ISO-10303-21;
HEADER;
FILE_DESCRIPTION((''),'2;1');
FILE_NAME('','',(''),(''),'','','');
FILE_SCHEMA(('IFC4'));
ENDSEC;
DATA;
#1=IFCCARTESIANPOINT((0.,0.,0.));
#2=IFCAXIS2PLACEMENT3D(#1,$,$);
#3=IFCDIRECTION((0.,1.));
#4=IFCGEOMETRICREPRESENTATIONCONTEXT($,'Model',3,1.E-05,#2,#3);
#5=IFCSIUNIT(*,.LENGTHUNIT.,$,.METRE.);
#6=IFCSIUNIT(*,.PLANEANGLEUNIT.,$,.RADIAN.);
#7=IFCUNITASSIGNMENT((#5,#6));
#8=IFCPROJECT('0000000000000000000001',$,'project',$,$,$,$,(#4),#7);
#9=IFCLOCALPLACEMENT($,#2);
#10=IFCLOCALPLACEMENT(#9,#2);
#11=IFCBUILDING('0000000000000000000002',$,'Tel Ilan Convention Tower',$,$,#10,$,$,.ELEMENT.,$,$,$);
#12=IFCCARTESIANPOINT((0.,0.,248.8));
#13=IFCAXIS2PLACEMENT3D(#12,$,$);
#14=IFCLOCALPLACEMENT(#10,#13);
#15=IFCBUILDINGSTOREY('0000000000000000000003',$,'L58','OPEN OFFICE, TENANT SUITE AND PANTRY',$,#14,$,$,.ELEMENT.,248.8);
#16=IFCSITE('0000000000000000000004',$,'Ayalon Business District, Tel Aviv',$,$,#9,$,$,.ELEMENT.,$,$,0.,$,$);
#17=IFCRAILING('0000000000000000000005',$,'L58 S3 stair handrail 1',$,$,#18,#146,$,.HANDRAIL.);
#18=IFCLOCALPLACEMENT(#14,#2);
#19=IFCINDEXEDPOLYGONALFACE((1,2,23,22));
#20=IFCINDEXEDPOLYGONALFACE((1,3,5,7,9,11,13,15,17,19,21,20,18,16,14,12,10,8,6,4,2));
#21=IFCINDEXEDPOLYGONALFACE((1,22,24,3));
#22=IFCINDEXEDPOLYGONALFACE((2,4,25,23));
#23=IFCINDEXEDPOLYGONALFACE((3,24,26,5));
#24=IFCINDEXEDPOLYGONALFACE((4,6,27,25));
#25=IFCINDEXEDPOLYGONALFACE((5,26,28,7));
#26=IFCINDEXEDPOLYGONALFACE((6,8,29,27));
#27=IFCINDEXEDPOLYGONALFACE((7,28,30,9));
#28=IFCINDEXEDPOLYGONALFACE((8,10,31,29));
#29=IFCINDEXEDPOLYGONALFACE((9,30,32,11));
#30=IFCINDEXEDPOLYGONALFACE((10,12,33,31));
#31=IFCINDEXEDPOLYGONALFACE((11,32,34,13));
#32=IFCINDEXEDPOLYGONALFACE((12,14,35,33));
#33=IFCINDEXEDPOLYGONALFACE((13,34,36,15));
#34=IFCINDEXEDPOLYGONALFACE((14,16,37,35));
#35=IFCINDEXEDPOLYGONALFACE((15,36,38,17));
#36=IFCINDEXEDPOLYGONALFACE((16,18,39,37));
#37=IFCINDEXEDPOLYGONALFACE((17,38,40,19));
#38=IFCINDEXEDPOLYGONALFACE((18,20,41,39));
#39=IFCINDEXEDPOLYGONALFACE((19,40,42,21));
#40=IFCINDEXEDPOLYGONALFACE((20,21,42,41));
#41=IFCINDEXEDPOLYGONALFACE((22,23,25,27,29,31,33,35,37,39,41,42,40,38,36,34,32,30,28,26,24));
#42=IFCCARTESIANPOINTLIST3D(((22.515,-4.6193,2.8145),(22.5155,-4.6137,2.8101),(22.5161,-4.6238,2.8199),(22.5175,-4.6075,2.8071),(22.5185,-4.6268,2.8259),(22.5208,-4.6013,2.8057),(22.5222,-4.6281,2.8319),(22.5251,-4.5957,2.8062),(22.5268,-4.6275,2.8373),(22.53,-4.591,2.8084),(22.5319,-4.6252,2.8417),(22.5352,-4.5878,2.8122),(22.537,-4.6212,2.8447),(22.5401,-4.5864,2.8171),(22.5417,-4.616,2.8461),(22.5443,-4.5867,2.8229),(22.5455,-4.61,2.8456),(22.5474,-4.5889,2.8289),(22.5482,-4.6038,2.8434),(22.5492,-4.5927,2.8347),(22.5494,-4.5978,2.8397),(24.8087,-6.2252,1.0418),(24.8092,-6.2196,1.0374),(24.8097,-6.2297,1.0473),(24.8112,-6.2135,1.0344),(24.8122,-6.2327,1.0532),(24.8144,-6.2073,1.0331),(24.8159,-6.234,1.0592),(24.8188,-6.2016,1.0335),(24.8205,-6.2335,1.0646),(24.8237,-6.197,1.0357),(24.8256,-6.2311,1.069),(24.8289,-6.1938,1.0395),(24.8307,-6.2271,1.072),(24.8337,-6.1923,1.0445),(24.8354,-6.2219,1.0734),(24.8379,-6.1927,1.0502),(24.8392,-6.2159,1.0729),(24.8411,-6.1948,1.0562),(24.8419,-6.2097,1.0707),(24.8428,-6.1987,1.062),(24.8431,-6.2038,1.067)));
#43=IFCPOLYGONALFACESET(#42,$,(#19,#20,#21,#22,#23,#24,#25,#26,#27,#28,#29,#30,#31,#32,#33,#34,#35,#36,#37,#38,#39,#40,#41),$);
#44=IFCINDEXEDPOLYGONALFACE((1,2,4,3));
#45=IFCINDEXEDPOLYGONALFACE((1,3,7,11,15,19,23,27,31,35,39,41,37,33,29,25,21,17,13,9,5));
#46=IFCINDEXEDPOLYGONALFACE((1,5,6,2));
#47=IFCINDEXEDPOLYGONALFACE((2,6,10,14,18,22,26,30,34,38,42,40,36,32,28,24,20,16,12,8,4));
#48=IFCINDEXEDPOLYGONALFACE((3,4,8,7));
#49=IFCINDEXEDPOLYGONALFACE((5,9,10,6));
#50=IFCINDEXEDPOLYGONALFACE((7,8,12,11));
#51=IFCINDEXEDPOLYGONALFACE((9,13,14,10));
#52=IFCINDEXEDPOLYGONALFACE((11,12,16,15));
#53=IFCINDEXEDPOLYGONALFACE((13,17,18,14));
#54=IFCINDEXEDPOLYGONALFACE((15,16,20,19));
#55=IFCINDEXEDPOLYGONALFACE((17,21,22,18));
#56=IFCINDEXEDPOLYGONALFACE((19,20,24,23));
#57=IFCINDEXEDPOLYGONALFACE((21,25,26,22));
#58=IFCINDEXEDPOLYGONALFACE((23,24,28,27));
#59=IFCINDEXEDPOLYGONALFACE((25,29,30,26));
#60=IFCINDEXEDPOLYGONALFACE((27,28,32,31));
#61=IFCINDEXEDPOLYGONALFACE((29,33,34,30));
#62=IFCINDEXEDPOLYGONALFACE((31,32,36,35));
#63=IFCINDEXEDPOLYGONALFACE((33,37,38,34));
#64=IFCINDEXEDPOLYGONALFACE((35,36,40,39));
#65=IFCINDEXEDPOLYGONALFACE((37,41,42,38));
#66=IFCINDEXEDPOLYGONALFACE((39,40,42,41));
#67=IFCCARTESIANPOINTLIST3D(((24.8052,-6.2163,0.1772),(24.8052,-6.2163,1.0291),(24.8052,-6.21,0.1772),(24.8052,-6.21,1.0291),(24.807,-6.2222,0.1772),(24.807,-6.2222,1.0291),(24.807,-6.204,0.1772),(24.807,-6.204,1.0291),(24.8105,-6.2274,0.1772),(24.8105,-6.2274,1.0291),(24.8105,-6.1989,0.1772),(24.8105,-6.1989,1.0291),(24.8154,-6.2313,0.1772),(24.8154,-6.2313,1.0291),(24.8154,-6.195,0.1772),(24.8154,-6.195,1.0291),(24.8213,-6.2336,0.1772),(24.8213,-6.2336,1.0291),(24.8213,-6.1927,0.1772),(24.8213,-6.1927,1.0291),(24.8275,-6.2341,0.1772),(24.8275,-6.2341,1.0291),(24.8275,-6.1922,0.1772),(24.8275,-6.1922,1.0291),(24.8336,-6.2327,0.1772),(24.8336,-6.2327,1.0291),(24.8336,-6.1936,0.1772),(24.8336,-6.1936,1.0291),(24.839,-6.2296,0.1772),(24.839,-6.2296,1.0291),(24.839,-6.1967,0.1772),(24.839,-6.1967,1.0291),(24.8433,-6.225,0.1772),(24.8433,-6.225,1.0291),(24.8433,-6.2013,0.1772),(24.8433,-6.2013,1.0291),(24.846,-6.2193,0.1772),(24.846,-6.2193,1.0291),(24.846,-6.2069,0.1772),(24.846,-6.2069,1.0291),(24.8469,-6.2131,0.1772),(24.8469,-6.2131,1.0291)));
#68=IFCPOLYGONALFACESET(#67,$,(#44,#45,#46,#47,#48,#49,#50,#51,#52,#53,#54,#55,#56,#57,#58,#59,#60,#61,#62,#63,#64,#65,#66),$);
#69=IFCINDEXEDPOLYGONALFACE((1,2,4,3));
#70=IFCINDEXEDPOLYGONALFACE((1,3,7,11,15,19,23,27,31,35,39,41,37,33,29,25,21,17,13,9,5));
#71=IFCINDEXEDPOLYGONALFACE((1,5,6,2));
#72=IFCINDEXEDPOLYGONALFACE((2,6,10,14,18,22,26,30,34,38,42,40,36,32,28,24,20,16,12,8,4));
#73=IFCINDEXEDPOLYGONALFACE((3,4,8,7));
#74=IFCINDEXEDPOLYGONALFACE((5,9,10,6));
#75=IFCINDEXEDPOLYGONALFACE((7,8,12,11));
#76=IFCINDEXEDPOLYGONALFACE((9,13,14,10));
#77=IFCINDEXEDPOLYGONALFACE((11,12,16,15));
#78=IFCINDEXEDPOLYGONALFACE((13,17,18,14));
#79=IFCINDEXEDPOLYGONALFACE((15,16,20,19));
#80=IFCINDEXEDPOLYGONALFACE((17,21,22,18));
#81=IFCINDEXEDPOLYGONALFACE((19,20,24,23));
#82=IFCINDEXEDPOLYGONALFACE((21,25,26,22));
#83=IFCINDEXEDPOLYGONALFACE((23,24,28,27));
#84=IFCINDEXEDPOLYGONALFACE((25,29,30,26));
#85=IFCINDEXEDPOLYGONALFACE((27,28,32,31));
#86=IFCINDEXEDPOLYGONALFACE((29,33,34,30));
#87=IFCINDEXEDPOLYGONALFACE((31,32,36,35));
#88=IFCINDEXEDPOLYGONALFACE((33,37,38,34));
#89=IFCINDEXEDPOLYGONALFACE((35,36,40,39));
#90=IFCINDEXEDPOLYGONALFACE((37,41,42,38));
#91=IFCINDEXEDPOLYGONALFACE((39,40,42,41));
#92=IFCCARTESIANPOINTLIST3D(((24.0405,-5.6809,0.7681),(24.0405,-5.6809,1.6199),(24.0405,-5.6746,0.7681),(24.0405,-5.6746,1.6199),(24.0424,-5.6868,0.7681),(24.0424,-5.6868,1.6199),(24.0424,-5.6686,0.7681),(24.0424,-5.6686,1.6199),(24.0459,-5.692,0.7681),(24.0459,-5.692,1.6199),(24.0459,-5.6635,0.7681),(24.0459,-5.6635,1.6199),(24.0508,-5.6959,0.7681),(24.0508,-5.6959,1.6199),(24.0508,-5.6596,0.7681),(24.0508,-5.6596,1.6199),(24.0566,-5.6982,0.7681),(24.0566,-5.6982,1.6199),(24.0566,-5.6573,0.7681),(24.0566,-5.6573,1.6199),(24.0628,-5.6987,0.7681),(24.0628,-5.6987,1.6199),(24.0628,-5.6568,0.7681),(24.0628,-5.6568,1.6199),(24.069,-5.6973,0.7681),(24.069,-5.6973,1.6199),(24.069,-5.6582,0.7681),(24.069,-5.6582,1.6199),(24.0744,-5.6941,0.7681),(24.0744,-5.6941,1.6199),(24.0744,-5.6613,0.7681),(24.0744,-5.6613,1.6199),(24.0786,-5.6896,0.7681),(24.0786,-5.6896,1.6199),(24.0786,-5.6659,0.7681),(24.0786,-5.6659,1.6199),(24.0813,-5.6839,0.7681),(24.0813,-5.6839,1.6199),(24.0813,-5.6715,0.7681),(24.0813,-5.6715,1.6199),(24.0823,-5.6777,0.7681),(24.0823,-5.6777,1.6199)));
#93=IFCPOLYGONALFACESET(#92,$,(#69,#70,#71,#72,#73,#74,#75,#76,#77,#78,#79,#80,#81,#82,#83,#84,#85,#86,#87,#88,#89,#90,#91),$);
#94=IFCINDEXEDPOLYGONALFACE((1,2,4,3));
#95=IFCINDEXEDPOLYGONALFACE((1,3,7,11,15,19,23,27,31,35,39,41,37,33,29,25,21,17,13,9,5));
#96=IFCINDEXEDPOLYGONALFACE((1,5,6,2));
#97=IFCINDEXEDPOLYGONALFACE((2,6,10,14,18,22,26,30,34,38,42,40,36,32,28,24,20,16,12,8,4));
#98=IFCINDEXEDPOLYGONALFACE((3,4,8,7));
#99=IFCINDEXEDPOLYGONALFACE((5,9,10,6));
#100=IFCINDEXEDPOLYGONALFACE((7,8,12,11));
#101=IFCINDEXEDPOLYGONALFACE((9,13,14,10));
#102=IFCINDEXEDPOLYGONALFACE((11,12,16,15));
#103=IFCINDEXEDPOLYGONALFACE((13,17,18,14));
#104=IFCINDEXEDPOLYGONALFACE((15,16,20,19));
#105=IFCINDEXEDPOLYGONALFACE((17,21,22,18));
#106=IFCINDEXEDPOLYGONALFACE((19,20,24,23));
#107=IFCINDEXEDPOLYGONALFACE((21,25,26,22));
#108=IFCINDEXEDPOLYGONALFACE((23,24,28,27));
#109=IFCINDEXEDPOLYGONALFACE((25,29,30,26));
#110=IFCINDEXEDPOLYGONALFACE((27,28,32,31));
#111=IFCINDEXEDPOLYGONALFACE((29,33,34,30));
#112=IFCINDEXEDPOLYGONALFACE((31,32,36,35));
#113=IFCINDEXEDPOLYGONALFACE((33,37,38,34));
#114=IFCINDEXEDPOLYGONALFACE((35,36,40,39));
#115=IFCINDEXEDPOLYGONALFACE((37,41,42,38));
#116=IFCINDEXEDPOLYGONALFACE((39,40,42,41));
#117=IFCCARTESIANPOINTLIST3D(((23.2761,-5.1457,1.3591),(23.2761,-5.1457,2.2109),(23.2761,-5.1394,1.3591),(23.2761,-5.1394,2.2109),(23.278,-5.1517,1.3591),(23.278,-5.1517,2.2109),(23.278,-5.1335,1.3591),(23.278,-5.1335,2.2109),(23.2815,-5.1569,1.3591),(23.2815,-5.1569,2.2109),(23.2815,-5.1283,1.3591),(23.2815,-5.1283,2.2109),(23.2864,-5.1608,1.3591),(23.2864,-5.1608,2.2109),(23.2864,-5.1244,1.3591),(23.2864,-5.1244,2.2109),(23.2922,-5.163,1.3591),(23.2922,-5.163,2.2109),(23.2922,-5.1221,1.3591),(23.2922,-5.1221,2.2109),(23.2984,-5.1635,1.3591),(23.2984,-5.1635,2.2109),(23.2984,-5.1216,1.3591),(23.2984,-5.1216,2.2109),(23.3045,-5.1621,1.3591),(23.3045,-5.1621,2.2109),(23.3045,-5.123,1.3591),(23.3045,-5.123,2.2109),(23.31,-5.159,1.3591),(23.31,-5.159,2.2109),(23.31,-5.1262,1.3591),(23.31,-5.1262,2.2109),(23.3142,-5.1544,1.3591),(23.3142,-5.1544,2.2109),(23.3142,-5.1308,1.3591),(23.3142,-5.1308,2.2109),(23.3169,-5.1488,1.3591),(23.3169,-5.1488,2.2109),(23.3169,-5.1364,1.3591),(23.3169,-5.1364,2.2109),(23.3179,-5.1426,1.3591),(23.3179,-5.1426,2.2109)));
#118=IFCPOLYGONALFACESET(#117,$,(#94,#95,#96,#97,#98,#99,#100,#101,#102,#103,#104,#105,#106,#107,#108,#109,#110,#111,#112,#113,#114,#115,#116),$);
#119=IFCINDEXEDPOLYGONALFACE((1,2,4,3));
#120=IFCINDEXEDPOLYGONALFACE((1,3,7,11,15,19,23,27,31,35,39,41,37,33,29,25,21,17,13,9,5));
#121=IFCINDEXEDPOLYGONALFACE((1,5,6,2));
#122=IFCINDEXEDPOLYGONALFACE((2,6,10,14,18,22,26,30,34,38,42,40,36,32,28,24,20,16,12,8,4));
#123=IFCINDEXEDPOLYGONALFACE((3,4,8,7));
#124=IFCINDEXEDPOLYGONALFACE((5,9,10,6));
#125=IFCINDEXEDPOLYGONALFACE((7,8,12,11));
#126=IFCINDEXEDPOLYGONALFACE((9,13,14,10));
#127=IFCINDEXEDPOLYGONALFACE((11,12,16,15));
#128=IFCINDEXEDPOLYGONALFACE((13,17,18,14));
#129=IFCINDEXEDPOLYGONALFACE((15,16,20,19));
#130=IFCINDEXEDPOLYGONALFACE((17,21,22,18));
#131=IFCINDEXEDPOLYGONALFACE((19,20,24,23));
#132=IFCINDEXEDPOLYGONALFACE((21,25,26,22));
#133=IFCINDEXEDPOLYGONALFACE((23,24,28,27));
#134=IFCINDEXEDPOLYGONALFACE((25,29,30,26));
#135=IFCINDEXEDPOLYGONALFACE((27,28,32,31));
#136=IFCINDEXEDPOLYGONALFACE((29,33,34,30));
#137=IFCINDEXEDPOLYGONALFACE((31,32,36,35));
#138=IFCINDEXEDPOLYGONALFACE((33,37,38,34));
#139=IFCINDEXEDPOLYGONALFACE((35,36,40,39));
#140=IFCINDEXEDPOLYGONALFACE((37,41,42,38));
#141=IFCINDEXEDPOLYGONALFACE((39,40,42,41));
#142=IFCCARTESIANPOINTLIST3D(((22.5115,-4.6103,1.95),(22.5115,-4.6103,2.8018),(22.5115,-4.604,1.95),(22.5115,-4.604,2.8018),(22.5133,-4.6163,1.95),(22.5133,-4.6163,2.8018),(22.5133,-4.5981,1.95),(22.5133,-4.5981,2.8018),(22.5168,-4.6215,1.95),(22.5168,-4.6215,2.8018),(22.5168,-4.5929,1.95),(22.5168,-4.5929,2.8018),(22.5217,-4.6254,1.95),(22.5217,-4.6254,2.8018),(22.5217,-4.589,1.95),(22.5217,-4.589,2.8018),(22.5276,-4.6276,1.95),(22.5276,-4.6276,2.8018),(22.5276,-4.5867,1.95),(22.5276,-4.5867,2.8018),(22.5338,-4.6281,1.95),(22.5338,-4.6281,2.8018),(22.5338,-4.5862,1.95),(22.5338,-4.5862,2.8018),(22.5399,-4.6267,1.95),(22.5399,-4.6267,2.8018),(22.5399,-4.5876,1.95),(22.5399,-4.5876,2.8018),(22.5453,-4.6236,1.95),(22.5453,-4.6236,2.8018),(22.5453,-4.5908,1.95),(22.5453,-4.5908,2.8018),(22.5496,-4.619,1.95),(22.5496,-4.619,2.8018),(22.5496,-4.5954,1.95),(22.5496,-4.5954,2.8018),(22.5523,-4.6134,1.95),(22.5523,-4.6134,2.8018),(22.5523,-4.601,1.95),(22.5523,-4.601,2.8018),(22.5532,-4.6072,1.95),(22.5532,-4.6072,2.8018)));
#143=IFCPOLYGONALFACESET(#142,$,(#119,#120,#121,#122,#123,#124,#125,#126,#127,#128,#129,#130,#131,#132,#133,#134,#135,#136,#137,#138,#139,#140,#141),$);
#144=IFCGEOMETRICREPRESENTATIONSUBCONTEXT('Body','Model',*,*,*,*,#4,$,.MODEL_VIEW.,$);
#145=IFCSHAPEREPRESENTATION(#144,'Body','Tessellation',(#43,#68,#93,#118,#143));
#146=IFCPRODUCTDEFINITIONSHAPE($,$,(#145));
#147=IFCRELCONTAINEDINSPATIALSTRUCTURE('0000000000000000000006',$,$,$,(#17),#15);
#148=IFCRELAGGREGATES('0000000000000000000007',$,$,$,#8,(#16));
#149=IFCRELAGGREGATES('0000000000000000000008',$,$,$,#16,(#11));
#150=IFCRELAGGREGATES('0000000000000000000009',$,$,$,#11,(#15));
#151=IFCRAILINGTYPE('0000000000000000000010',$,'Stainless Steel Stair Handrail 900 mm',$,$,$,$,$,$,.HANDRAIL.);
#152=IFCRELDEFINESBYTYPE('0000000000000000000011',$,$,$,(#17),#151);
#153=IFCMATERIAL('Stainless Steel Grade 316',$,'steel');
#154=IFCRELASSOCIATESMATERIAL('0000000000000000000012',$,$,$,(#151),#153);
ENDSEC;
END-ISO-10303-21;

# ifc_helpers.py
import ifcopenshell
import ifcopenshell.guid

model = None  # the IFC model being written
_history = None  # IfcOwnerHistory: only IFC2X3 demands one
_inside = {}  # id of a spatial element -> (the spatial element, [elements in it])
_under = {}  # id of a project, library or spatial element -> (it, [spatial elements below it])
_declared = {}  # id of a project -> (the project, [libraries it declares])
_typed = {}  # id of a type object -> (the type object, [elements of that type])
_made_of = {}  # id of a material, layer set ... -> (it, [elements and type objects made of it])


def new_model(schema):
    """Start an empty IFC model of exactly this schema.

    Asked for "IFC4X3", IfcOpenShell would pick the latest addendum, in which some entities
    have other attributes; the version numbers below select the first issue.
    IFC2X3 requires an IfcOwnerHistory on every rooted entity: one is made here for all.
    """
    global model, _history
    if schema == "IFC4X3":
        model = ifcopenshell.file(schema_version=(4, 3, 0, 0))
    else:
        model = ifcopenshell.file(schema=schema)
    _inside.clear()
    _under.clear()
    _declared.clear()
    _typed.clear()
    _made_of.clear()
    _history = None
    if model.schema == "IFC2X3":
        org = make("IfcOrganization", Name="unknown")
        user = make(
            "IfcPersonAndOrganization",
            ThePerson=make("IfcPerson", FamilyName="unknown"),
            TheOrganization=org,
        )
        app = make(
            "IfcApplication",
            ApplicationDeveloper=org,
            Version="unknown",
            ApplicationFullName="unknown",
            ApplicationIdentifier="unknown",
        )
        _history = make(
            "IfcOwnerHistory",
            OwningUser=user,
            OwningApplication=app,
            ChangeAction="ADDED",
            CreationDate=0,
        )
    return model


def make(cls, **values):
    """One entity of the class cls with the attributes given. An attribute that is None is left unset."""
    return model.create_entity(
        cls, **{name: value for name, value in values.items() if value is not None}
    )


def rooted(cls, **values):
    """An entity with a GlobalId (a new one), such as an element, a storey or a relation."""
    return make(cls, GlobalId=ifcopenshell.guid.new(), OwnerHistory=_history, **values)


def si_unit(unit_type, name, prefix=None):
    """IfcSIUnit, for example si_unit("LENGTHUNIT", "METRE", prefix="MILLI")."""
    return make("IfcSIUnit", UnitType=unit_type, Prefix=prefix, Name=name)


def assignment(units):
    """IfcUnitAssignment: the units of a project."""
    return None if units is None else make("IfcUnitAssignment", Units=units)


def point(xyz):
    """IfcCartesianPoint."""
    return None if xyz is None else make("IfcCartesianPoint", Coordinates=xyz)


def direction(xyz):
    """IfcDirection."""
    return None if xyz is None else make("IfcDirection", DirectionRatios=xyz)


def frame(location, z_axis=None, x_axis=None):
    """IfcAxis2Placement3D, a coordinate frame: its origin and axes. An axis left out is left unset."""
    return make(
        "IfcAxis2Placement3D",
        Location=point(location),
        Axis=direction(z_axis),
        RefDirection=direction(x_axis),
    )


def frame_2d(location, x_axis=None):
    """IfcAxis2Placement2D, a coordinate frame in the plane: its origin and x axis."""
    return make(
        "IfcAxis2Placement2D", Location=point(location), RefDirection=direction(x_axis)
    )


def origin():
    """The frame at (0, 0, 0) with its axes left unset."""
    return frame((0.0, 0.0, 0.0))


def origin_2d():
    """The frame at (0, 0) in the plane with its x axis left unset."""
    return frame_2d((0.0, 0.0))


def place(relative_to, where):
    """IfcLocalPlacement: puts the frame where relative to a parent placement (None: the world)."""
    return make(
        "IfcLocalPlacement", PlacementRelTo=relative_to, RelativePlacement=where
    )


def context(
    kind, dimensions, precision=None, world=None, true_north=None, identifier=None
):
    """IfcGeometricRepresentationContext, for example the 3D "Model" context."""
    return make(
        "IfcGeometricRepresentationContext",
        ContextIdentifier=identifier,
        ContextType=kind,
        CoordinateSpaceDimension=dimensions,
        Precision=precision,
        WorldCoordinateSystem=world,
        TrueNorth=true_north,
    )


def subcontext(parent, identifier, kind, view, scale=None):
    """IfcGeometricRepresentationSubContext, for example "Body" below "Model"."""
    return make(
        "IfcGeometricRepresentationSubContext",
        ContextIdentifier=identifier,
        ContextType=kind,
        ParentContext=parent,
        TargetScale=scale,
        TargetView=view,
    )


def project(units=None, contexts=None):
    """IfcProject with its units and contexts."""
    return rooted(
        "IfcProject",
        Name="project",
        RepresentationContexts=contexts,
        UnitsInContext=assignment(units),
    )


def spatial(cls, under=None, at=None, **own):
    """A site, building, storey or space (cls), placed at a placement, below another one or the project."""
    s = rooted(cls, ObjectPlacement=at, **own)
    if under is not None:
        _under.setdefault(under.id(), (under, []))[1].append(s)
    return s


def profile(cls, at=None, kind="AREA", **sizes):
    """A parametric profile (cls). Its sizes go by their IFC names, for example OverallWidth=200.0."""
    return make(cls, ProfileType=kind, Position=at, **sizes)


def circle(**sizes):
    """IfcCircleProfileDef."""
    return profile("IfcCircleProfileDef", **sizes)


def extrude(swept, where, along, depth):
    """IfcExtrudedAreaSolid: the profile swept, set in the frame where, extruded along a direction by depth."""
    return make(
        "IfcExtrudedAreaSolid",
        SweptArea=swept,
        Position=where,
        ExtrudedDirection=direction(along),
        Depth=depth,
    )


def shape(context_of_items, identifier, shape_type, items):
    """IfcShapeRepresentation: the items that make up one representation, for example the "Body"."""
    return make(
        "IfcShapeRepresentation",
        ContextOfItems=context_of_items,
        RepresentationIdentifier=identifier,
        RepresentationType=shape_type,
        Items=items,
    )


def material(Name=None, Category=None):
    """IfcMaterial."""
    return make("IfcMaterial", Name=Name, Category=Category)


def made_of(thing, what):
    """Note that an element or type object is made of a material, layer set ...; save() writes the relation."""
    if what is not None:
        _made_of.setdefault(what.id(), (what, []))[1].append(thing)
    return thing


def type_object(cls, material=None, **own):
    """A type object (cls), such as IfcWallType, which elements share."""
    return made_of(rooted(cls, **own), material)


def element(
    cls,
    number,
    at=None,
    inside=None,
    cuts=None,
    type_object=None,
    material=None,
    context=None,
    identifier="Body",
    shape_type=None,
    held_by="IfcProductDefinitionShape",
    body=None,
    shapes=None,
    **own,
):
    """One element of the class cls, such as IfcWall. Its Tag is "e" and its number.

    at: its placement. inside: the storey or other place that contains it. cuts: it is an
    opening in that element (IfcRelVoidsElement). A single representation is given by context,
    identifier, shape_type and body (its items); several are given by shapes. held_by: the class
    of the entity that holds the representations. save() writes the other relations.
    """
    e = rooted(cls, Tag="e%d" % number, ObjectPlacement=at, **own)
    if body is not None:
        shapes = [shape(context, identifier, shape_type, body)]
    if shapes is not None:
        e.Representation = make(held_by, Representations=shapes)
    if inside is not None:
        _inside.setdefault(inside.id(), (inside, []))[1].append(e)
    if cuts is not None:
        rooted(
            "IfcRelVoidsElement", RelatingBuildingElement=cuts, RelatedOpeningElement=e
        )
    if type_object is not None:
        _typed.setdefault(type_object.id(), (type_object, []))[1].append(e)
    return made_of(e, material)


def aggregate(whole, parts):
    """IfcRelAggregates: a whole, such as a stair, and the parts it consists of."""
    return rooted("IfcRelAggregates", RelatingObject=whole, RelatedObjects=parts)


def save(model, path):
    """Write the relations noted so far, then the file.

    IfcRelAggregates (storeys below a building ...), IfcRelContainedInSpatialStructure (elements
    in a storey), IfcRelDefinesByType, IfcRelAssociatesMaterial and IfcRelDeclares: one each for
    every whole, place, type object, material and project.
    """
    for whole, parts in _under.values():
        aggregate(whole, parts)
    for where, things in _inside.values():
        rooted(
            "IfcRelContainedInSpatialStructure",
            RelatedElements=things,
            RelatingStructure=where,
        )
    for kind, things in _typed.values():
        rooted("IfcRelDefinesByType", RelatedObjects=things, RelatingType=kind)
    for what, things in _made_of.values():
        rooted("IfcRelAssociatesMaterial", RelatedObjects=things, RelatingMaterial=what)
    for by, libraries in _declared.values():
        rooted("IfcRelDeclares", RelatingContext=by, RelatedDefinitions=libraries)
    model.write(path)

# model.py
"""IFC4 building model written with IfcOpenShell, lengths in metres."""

from ifc_helpers import new_model, si_unit, direction, frame, origin, origin_2d, place, context, subcontext, project, spatial, circle, extrude, material, type_object, element, save


model = new_model("IFC4")

# Units and contexts
model_context = context("Model", 3, precision=1e-05, world=origin(), true_north=direction((0.0, 1.0)))
body_context = subcontext(model_context, "Body", "Model", "MODEL_VIEW")
ifc_project = project(units=[si_unit("LENGTHUNIT", "METRE"), si_unit("PLANEANGLEUNIT", "RADIAN")], contexts=[model_context])

# Site, building, storey
site_placement = place(None, origin())
site = spatial("IfcSite", under=ifc_project, at=site_placement, Name="Ayalon Business District, Tel Aviv", CompositionType="ELEMENT", RefElevation=0.0)
building_placement = place(site_placement, origin())
building = spatial("IfcBuilding", under=site, at=building_placement, Name="Tel Ilan Convention Tower", CompositionType="ELEMENT")
storey_placement = place(building_placement, frame((0.0, 0.0, 248.8)))
storey = spatial("IfcBuildingStorey", under=building, at=storey_placement, Name="L58", Description="OPEN OFFICE, TENANT SUITE AND PANTRY", CompositionType="ELEMENT", Elevation=248.8)

# Railing
ifc_material_1 = material(Name="Stainless Steel Grade 316", Category="steel")
railing_type_1 = type_object("IfcRailingType", Name="Stainless Steel Stair Handrail 900 mm", PredefinedType="HANDRAIL", material=ifc_material_1)
railing_1_placement = place(storey_placement, frame((24.8259, -6.2131, 0.1772)))
element("IfcRailing", 1, at=railing_1_placement, inside=storey, type_object=railing_type_1, Name="L58 S3 stair handrail 1", PredefinedType="HANDRAIL", context=body_context, shape_type="SweptSolid", body=[
    extrude(circle(Radius=0.0239, at=origin_2d()), frame((0.0, 0.0, 0.876), z_axis=(-0.692123, 0.484597, 0.534913), x_axis=(-0.57355, -0.81917, 0.0)), (0.0, 0.0, 1.0), 3.314),
    extrude(circle(Radius=0.021, at=origin_2d()), origin(), (0.0, 0.0, 1.0), 0.8518),
    extrude(circle(Radius=0.021, at=origin_2d()), frame((-0.7646, 0.5354, 0.5908)), (0.0, 0.0, 1.0), 0.8518),
    extrude(circle(Radius=0.021, at=origin_2d()), frame((-1.5291, 1.0706, 1.1819)), (0.0, 0.0, 1.0), 0.8518),
    extrude(circle(Radius=0.021, at=origin_2d()), frame((-2.2937, 1.606, 1.7727)), (0.0, 0.0, 1.0), 0.8518),
])

save(model, "model.ifc")
